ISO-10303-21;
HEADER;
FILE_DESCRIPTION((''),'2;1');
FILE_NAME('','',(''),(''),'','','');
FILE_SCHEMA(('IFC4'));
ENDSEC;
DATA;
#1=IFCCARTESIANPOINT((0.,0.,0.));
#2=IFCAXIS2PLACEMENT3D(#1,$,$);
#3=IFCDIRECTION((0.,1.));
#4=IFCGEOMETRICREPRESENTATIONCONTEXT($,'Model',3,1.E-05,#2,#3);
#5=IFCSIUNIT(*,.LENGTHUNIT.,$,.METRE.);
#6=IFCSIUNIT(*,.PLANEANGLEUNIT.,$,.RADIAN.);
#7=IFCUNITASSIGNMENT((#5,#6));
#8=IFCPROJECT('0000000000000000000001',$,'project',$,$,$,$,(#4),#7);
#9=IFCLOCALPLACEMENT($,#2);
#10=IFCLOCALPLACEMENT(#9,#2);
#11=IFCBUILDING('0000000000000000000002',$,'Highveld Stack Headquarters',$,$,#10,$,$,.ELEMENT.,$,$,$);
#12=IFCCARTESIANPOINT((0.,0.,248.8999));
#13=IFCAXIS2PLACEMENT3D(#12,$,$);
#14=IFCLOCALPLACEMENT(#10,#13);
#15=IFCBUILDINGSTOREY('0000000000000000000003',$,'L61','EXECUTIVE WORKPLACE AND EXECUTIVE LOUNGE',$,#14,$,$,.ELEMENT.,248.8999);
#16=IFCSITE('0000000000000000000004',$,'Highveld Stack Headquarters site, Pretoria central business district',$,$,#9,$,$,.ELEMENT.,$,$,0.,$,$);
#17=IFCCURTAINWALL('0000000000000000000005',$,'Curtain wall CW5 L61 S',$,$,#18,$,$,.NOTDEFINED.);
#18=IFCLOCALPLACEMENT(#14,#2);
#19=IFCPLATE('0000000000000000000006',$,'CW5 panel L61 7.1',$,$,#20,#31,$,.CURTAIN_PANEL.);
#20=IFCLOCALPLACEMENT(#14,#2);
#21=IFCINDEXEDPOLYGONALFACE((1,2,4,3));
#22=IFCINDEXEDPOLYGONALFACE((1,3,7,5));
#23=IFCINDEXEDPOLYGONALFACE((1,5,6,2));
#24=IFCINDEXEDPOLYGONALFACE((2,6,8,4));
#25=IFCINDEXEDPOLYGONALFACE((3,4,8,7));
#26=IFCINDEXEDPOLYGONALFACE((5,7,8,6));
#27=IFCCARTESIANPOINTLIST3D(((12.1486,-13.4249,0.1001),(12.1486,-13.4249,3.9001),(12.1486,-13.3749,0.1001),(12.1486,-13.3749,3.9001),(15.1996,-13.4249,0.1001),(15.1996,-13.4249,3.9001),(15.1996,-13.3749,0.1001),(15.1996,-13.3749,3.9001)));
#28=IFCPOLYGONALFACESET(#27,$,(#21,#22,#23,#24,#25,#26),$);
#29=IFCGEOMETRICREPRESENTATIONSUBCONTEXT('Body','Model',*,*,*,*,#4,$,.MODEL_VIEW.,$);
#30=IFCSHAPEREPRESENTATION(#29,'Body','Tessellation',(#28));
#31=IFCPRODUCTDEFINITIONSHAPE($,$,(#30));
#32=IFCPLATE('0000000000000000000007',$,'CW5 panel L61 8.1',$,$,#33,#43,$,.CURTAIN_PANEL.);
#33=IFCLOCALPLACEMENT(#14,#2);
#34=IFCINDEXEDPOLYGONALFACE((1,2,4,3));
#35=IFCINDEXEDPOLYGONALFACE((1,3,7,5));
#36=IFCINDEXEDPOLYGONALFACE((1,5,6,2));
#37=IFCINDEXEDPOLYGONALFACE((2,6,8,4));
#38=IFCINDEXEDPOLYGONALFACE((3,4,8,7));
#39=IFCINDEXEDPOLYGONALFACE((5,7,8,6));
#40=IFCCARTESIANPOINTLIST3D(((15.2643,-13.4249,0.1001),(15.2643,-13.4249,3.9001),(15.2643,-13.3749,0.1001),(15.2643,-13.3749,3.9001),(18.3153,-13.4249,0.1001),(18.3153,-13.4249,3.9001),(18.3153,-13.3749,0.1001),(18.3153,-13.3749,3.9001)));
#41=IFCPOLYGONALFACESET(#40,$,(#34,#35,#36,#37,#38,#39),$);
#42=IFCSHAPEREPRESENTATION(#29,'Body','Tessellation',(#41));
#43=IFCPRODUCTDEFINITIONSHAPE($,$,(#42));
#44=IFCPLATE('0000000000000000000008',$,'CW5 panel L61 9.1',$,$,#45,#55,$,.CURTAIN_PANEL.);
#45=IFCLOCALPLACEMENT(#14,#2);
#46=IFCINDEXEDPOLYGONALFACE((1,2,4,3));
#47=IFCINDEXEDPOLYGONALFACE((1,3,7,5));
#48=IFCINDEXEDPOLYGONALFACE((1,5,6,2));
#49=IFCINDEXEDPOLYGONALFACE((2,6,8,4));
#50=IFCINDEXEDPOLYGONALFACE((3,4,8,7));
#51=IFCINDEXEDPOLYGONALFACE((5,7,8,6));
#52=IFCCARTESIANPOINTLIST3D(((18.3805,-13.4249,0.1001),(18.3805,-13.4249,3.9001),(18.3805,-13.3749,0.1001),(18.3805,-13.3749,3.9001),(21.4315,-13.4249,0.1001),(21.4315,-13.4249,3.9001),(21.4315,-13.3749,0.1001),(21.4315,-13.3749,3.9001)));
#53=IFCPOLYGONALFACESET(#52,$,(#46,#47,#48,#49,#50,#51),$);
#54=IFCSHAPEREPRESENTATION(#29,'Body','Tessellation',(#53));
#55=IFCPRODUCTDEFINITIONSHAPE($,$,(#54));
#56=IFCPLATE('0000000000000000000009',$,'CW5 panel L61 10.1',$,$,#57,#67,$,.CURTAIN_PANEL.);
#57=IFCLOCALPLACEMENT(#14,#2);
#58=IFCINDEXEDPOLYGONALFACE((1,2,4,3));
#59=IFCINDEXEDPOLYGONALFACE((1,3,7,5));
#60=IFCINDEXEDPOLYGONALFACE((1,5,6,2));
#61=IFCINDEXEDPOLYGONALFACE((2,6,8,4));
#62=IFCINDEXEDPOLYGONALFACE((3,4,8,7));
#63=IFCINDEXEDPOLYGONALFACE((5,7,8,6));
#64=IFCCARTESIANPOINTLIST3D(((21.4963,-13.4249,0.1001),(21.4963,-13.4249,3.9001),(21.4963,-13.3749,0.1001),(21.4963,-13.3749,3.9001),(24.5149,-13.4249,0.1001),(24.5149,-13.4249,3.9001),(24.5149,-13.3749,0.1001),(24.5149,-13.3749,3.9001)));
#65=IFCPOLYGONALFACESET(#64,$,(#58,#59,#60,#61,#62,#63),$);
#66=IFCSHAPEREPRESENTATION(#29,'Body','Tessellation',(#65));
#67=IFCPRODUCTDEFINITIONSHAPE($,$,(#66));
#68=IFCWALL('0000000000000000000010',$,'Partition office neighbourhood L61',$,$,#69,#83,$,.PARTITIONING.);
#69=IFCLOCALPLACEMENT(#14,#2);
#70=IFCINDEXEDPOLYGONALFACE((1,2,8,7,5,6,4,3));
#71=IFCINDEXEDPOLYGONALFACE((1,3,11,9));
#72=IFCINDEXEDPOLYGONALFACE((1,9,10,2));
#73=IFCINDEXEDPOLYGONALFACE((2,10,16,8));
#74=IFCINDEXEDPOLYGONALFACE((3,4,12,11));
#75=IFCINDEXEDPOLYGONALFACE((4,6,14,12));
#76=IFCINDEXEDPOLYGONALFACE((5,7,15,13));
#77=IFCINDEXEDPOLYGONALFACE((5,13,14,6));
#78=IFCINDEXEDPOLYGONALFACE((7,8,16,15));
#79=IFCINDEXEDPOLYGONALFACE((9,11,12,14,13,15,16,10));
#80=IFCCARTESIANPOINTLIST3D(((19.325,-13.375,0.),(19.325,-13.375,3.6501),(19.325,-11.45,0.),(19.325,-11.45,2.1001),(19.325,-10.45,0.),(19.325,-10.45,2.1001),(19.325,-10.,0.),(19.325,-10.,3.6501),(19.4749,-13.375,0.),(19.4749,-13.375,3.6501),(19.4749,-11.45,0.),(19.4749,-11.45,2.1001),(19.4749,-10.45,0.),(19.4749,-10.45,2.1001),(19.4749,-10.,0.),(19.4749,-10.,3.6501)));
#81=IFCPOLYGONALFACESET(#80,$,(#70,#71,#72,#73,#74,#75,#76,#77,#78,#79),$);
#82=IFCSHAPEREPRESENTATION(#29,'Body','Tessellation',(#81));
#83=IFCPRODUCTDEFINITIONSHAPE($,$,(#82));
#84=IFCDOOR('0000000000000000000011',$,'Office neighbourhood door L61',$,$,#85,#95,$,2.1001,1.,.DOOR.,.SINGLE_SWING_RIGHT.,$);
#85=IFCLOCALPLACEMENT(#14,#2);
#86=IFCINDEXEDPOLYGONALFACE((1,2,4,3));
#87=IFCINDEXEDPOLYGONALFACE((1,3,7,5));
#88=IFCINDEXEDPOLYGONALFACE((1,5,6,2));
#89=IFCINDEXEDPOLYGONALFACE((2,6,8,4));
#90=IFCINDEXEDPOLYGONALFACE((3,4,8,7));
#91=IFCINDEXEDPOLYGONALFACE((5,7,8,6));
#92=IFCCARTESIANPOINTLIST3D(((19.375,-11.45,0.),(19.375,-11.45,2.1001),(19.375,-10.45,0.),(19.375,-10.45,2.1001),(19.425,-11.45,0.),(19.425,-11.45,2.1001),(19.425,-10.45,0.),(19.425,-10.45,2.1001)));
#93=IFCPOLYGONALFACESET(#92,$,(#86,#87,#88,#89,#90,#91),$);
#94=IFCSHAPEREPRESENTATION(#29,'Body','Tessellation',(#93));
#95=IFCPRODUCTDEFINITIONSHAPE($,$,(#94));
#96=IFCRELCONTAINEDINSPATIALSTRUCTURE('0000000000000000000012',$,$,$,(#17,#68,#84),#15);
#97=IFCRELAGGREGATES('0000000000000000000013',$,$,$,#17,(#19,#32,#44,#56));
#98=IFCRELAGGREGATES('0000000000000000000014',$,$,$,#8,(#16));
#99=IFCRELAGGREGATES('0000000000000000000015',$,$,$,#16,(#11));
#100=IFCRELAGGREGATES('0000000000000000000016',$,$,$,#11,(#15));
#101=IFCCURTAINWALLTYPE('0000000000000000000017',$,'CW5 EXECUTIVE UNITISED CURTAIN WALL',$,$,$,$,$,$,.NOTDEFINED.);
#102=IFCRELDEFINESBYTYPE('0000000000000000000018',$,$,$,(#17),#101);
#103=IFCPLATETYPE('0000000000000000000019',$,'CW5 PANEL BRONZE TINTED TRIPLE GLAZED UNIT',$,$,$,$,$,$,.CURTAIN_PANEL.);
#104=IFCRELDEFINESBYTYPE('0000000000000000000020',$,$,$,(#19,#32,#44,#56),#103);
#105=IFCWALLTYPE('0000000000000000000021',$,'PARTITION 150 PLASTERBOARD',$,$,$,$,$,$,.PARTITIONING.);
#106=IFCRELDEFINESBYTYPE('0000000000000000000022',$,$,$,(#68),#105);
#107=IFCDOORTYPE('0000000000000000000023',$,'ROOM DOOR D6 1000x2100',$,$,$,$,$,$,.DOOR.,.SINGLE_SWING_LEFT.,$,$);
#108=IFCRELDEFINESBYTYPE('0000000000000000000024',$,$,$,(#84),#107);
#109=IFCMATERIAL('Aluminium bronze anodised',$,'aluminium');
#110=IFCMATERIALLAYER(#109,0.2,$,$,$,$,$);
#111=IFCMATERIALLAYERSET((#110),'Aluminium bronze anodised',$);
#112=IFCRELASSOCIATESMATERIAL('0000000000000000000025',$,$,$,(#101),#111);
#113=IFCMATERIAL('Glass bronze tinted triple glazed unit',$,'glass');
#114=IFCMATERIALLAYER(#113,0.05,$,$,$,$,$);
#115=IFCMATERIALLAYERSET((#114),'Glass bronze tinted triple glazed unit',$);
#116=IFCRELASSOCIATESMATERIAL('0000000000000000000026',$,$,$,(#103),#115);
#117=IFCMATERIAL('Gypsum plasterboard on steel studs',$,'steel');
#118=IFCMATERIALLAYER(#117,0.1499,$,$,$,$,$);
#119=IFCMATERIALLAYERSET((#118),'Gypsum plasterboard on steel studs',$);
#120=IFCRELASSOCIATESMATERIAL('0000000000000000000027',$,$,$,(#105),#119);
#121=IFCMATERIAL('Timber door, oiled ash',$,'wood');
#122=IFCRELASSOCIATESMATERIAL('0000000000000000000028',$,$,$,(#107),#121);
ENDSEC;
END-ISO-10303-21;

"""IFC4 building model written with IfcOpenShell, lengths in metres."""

from ifc_helpers import new_model, si_unit, direction, frame, frame_2d, origin, origin_2d, place, context, subcontext, project, spatial, rectangle, extrude, material, layer, layer_set, type_object, element, fill, aggregate, save


model = new_model("IFC4")

# Units and contexts
model_context = context("Model", 3, precision=1e-05, world=origin(), true_north=direction((0.0, 1.0)))
body_context = subcontext(model_context, "Body", "Model", "MODEL_VIEW")
ifc_project = project(units=[si_unit("LENGTHUNIT", "METRE"), si_unit("PLANEANGLEUNIT", "RADIAN")], contexts=[model_context])

# Site, building, storey
site_placement = place(None, origin())
site = spatial("IfcSite", under=ifc_project, at=site_placement, Name="Highveld Stack Headquarters site, Pretoria central business district", CompositionType="ELEMENT", RefElevation=0.0)
building_placement = place(site_placement, origin())
building = spatial("IfcBuilding", under=site, at=building_placement, Name="Highveld Stack Headquarters", CompositionType="ELEMENT")
storey_placement = place(building_placement, frame((0.0, 0.0, 248.8999)))
storey = spatial("IfcBuildingStorey", under=building, at=storey_placement, Name="L61", Description="EXECUTIVE WORKPLACE AND EXECUTIVE LOUNGE", CompositionType="ELEMENT", Elevation=248.8999)

# Curtain wall, plates
ifc_material_1 = material(Name="Aluminium bronze anodised", Category="aluminium")
ifc_layer_1 = layer(ifc_material_1, 0.2)
ifc_layer_set_1 = layer_set([ifc_layer_1], Name="Aluminium bronze anodised")
curtain_wall_type = type_object("IfcCurtainWallType", Name="CW5 EXECUTIVE UNITISED CURTAIN WALL", PredefinedType="NOTDEFINED", material=ifc_layer_set_1)
curtain_wall_placement = place(storey_placement, origin())
curtain_wall = element("IfcCurtainWall", 1, at=curtain_wall_placement, inside=storey, type_object=curtain_wall_type, Name="Curtain wall CW5 L61 S", PredefinedType="NOTDEFINED")
ifc_material_2 = material(Name="Glass bronze tinted triple glazed unit", Category="glass")
ifc_layer_2 = layer(ifc_material_2, 0.05)
ifc_layer_set_2 = layer_set([ifc_layer_2], Name="Glass bronze tinted triple glazed unit")
plate_type = type_object("IfcPlateType", Name="CW5 PANEL BRONZE TINTED TRIPLE GLAZED UNIT", PredefinedType="CURTAIN_PANEL", material=ifc_layer_set_2)
plate_1_placement = place(storey_placement, frame((13.6741, -13.3999, 0.1001), z_axis=(0.0, 0.0, 1.0), x_axis=(1.0, 0.0, 0.0)))
plate_1 = element("IfcPlate", 2, at=plate_1_placement, type_object=plate_type, Name="CW5 panel L61 7.1", PredefinedType="CURTAIN_PANEL", context=body_context, shape_type="SweptSolid", body=[
    extrude(rectangle(XDim=3.051, YDim=0.05, at=origin_2d()), origin(), (0.0, 0.0, 1.0), 3.8),
])
plate_2_placement = place(storey_placement, frame((16.7898, -13.3999, 0.1001), z_axis=(0.0, 0.0, 1.0), x_axis=(1.0, 0.0, 0.0)))
plate_2 = element("IfcPlate", 3, at=plate_2_placement, type_object=plate_type, Name="CW5 panel L61 8.1", PredefinedType="CURTAIN_PANEL", context=body_context, shape_type="SweptSolid", body=[
    extrude(rectangle(XDim=3.051, YDim=0.05, at=origin_2d()), origin(), (0.0, 0.0, 1.0), 3.8),
])
plate_3_placement = place(storey_placement, frame((19.906, -13.3999, 0.1001), z_axis=(0.0, 0.0, 1.0), x_axis=(1.0, 0.0, 0.0)))
plate_3 = element("IfcPlate", 4, at=plate_3_placement, type_object=plate_type, Name="CW5 panel L61 9.1", PredefinedType="CURTAIN_PANEL", context=body_context, shape_type="SweptSolid", body=[
    extrude(rectangle(XDim=3.051, YDim=0.05, at=origin_2d()), origin(), (0.0, 0.0, 1.0), 3.8),
])
plate_4_placement = place(storey_placement, frame((23.0056, -13.3999, 0.1001), z_axis=(0.0, 0.0, 1.0), x_axis=(1.0, 0.0, 0.0)))
plate_4 = element("IfcPlate", 5, at=plate_4_placement, type_object=plate_type, Name="CW5 panel L61 10.1", PredefinedType="CURTAIN_PANEL", context=body_context, shape_type="SweptSolid", body=[
    extrude(rectangle(XDim=3.0186, YDim=0.05, at=origin_2d()), origin(), (0.0, 0.0, 1.0), 3.8),
])
aggregate(curtain_wall, [plate_1, plate_2, plate_3, plate_4])

# Wall, opening, door
ifc_material_3 = material(Name="Gypsum plasterboard on steel studs", Category="steel")
ifc_layer_3 = layer(ifc_material_3, 0.1499)
ifc_layer_set_3 = layer_set([ifc_layer_3], Name="Gypsum plasterboard on steel studs")
wall_type = type_object("IfcWallType", Name="PARTITION 150 PLASTERBOARD", PredefinedType="PARTITIONING", material=ifc_layer_set_3)
wall_placement = place(storey_placement, frame((19.3999, -13.375, 0.0), z_axis=(0.0, 0.0, 1.0), x_axis=(0.0, 1.0, 0.0)))
wall = element("IfcWall", 6, at=wall_placement, inside=storey, type_object=wall_type, Name="Partition office neighbourhood L61", PredefinedType="PARTITIONING", context=body_context, shape_type="SweptSolid", body=[
    extrude(rectangle(XDim=3.375, YDim=0.1499, at=frame_2d((1.6875, 0.0))), origin(), (0.0, 0.0, 1.0), 3.6501),
])
opening_placement = place(wall_placement, frame((1.925, 0.0, 0.0)))
opening = element("IfcOpeningElement", 7, at=opening_placement, cuts=wall, PredefinedType="OPENING", context=body_context, shape_type="SweptSolid", body=[
    extrude(rectangle(XDim=1.0, YDim=2.1001, at=frame_2d((0.5, 1.05))), frame((0.0, 0.085, 0.0), z_axis=(0.0, -1.0, 0.0), x_axis=(1.0, 0.0, 0.0)), (0.0, 0.0, 1.0), 0.1699),
])
ifc_material_4 = material(Name="Timber door, oiled ash", Category="wood")
door_type = type_object("IfcDoorType", Name="ROOM DOOR D6 1000x2100", OperationType="SINGLE_SWING_LEFT", PredefinedType="DOOR", material=ifc_material_4)
door_placement = place(opening_placement, origin())
door = element("IfcDoor", 8, at=door_placement, inside=storey, type_object=door_type, Name="Office neighbourhood door L61", OperationType="SINGLE_SWING_RIGHT", OverallHeight=2.1001, OverallWidth=1.0, PredefinedType="DOOR", context=body_context, shape_type="SweptSolid", body=[
    extrude(rectangle(XDim=1.0, YDim=2.1001, at=frame_2d((0.5, 1.05))), frame((0.0, 0.0249, 0.0), z_axis=(0.0, -1.0, 0.0), x_axis=(1.0, 0.0, 0.0)), (0.0, 0.0, 1.0), 0.05),
])
fill(opening, door)

save(model, "model.ifc")
